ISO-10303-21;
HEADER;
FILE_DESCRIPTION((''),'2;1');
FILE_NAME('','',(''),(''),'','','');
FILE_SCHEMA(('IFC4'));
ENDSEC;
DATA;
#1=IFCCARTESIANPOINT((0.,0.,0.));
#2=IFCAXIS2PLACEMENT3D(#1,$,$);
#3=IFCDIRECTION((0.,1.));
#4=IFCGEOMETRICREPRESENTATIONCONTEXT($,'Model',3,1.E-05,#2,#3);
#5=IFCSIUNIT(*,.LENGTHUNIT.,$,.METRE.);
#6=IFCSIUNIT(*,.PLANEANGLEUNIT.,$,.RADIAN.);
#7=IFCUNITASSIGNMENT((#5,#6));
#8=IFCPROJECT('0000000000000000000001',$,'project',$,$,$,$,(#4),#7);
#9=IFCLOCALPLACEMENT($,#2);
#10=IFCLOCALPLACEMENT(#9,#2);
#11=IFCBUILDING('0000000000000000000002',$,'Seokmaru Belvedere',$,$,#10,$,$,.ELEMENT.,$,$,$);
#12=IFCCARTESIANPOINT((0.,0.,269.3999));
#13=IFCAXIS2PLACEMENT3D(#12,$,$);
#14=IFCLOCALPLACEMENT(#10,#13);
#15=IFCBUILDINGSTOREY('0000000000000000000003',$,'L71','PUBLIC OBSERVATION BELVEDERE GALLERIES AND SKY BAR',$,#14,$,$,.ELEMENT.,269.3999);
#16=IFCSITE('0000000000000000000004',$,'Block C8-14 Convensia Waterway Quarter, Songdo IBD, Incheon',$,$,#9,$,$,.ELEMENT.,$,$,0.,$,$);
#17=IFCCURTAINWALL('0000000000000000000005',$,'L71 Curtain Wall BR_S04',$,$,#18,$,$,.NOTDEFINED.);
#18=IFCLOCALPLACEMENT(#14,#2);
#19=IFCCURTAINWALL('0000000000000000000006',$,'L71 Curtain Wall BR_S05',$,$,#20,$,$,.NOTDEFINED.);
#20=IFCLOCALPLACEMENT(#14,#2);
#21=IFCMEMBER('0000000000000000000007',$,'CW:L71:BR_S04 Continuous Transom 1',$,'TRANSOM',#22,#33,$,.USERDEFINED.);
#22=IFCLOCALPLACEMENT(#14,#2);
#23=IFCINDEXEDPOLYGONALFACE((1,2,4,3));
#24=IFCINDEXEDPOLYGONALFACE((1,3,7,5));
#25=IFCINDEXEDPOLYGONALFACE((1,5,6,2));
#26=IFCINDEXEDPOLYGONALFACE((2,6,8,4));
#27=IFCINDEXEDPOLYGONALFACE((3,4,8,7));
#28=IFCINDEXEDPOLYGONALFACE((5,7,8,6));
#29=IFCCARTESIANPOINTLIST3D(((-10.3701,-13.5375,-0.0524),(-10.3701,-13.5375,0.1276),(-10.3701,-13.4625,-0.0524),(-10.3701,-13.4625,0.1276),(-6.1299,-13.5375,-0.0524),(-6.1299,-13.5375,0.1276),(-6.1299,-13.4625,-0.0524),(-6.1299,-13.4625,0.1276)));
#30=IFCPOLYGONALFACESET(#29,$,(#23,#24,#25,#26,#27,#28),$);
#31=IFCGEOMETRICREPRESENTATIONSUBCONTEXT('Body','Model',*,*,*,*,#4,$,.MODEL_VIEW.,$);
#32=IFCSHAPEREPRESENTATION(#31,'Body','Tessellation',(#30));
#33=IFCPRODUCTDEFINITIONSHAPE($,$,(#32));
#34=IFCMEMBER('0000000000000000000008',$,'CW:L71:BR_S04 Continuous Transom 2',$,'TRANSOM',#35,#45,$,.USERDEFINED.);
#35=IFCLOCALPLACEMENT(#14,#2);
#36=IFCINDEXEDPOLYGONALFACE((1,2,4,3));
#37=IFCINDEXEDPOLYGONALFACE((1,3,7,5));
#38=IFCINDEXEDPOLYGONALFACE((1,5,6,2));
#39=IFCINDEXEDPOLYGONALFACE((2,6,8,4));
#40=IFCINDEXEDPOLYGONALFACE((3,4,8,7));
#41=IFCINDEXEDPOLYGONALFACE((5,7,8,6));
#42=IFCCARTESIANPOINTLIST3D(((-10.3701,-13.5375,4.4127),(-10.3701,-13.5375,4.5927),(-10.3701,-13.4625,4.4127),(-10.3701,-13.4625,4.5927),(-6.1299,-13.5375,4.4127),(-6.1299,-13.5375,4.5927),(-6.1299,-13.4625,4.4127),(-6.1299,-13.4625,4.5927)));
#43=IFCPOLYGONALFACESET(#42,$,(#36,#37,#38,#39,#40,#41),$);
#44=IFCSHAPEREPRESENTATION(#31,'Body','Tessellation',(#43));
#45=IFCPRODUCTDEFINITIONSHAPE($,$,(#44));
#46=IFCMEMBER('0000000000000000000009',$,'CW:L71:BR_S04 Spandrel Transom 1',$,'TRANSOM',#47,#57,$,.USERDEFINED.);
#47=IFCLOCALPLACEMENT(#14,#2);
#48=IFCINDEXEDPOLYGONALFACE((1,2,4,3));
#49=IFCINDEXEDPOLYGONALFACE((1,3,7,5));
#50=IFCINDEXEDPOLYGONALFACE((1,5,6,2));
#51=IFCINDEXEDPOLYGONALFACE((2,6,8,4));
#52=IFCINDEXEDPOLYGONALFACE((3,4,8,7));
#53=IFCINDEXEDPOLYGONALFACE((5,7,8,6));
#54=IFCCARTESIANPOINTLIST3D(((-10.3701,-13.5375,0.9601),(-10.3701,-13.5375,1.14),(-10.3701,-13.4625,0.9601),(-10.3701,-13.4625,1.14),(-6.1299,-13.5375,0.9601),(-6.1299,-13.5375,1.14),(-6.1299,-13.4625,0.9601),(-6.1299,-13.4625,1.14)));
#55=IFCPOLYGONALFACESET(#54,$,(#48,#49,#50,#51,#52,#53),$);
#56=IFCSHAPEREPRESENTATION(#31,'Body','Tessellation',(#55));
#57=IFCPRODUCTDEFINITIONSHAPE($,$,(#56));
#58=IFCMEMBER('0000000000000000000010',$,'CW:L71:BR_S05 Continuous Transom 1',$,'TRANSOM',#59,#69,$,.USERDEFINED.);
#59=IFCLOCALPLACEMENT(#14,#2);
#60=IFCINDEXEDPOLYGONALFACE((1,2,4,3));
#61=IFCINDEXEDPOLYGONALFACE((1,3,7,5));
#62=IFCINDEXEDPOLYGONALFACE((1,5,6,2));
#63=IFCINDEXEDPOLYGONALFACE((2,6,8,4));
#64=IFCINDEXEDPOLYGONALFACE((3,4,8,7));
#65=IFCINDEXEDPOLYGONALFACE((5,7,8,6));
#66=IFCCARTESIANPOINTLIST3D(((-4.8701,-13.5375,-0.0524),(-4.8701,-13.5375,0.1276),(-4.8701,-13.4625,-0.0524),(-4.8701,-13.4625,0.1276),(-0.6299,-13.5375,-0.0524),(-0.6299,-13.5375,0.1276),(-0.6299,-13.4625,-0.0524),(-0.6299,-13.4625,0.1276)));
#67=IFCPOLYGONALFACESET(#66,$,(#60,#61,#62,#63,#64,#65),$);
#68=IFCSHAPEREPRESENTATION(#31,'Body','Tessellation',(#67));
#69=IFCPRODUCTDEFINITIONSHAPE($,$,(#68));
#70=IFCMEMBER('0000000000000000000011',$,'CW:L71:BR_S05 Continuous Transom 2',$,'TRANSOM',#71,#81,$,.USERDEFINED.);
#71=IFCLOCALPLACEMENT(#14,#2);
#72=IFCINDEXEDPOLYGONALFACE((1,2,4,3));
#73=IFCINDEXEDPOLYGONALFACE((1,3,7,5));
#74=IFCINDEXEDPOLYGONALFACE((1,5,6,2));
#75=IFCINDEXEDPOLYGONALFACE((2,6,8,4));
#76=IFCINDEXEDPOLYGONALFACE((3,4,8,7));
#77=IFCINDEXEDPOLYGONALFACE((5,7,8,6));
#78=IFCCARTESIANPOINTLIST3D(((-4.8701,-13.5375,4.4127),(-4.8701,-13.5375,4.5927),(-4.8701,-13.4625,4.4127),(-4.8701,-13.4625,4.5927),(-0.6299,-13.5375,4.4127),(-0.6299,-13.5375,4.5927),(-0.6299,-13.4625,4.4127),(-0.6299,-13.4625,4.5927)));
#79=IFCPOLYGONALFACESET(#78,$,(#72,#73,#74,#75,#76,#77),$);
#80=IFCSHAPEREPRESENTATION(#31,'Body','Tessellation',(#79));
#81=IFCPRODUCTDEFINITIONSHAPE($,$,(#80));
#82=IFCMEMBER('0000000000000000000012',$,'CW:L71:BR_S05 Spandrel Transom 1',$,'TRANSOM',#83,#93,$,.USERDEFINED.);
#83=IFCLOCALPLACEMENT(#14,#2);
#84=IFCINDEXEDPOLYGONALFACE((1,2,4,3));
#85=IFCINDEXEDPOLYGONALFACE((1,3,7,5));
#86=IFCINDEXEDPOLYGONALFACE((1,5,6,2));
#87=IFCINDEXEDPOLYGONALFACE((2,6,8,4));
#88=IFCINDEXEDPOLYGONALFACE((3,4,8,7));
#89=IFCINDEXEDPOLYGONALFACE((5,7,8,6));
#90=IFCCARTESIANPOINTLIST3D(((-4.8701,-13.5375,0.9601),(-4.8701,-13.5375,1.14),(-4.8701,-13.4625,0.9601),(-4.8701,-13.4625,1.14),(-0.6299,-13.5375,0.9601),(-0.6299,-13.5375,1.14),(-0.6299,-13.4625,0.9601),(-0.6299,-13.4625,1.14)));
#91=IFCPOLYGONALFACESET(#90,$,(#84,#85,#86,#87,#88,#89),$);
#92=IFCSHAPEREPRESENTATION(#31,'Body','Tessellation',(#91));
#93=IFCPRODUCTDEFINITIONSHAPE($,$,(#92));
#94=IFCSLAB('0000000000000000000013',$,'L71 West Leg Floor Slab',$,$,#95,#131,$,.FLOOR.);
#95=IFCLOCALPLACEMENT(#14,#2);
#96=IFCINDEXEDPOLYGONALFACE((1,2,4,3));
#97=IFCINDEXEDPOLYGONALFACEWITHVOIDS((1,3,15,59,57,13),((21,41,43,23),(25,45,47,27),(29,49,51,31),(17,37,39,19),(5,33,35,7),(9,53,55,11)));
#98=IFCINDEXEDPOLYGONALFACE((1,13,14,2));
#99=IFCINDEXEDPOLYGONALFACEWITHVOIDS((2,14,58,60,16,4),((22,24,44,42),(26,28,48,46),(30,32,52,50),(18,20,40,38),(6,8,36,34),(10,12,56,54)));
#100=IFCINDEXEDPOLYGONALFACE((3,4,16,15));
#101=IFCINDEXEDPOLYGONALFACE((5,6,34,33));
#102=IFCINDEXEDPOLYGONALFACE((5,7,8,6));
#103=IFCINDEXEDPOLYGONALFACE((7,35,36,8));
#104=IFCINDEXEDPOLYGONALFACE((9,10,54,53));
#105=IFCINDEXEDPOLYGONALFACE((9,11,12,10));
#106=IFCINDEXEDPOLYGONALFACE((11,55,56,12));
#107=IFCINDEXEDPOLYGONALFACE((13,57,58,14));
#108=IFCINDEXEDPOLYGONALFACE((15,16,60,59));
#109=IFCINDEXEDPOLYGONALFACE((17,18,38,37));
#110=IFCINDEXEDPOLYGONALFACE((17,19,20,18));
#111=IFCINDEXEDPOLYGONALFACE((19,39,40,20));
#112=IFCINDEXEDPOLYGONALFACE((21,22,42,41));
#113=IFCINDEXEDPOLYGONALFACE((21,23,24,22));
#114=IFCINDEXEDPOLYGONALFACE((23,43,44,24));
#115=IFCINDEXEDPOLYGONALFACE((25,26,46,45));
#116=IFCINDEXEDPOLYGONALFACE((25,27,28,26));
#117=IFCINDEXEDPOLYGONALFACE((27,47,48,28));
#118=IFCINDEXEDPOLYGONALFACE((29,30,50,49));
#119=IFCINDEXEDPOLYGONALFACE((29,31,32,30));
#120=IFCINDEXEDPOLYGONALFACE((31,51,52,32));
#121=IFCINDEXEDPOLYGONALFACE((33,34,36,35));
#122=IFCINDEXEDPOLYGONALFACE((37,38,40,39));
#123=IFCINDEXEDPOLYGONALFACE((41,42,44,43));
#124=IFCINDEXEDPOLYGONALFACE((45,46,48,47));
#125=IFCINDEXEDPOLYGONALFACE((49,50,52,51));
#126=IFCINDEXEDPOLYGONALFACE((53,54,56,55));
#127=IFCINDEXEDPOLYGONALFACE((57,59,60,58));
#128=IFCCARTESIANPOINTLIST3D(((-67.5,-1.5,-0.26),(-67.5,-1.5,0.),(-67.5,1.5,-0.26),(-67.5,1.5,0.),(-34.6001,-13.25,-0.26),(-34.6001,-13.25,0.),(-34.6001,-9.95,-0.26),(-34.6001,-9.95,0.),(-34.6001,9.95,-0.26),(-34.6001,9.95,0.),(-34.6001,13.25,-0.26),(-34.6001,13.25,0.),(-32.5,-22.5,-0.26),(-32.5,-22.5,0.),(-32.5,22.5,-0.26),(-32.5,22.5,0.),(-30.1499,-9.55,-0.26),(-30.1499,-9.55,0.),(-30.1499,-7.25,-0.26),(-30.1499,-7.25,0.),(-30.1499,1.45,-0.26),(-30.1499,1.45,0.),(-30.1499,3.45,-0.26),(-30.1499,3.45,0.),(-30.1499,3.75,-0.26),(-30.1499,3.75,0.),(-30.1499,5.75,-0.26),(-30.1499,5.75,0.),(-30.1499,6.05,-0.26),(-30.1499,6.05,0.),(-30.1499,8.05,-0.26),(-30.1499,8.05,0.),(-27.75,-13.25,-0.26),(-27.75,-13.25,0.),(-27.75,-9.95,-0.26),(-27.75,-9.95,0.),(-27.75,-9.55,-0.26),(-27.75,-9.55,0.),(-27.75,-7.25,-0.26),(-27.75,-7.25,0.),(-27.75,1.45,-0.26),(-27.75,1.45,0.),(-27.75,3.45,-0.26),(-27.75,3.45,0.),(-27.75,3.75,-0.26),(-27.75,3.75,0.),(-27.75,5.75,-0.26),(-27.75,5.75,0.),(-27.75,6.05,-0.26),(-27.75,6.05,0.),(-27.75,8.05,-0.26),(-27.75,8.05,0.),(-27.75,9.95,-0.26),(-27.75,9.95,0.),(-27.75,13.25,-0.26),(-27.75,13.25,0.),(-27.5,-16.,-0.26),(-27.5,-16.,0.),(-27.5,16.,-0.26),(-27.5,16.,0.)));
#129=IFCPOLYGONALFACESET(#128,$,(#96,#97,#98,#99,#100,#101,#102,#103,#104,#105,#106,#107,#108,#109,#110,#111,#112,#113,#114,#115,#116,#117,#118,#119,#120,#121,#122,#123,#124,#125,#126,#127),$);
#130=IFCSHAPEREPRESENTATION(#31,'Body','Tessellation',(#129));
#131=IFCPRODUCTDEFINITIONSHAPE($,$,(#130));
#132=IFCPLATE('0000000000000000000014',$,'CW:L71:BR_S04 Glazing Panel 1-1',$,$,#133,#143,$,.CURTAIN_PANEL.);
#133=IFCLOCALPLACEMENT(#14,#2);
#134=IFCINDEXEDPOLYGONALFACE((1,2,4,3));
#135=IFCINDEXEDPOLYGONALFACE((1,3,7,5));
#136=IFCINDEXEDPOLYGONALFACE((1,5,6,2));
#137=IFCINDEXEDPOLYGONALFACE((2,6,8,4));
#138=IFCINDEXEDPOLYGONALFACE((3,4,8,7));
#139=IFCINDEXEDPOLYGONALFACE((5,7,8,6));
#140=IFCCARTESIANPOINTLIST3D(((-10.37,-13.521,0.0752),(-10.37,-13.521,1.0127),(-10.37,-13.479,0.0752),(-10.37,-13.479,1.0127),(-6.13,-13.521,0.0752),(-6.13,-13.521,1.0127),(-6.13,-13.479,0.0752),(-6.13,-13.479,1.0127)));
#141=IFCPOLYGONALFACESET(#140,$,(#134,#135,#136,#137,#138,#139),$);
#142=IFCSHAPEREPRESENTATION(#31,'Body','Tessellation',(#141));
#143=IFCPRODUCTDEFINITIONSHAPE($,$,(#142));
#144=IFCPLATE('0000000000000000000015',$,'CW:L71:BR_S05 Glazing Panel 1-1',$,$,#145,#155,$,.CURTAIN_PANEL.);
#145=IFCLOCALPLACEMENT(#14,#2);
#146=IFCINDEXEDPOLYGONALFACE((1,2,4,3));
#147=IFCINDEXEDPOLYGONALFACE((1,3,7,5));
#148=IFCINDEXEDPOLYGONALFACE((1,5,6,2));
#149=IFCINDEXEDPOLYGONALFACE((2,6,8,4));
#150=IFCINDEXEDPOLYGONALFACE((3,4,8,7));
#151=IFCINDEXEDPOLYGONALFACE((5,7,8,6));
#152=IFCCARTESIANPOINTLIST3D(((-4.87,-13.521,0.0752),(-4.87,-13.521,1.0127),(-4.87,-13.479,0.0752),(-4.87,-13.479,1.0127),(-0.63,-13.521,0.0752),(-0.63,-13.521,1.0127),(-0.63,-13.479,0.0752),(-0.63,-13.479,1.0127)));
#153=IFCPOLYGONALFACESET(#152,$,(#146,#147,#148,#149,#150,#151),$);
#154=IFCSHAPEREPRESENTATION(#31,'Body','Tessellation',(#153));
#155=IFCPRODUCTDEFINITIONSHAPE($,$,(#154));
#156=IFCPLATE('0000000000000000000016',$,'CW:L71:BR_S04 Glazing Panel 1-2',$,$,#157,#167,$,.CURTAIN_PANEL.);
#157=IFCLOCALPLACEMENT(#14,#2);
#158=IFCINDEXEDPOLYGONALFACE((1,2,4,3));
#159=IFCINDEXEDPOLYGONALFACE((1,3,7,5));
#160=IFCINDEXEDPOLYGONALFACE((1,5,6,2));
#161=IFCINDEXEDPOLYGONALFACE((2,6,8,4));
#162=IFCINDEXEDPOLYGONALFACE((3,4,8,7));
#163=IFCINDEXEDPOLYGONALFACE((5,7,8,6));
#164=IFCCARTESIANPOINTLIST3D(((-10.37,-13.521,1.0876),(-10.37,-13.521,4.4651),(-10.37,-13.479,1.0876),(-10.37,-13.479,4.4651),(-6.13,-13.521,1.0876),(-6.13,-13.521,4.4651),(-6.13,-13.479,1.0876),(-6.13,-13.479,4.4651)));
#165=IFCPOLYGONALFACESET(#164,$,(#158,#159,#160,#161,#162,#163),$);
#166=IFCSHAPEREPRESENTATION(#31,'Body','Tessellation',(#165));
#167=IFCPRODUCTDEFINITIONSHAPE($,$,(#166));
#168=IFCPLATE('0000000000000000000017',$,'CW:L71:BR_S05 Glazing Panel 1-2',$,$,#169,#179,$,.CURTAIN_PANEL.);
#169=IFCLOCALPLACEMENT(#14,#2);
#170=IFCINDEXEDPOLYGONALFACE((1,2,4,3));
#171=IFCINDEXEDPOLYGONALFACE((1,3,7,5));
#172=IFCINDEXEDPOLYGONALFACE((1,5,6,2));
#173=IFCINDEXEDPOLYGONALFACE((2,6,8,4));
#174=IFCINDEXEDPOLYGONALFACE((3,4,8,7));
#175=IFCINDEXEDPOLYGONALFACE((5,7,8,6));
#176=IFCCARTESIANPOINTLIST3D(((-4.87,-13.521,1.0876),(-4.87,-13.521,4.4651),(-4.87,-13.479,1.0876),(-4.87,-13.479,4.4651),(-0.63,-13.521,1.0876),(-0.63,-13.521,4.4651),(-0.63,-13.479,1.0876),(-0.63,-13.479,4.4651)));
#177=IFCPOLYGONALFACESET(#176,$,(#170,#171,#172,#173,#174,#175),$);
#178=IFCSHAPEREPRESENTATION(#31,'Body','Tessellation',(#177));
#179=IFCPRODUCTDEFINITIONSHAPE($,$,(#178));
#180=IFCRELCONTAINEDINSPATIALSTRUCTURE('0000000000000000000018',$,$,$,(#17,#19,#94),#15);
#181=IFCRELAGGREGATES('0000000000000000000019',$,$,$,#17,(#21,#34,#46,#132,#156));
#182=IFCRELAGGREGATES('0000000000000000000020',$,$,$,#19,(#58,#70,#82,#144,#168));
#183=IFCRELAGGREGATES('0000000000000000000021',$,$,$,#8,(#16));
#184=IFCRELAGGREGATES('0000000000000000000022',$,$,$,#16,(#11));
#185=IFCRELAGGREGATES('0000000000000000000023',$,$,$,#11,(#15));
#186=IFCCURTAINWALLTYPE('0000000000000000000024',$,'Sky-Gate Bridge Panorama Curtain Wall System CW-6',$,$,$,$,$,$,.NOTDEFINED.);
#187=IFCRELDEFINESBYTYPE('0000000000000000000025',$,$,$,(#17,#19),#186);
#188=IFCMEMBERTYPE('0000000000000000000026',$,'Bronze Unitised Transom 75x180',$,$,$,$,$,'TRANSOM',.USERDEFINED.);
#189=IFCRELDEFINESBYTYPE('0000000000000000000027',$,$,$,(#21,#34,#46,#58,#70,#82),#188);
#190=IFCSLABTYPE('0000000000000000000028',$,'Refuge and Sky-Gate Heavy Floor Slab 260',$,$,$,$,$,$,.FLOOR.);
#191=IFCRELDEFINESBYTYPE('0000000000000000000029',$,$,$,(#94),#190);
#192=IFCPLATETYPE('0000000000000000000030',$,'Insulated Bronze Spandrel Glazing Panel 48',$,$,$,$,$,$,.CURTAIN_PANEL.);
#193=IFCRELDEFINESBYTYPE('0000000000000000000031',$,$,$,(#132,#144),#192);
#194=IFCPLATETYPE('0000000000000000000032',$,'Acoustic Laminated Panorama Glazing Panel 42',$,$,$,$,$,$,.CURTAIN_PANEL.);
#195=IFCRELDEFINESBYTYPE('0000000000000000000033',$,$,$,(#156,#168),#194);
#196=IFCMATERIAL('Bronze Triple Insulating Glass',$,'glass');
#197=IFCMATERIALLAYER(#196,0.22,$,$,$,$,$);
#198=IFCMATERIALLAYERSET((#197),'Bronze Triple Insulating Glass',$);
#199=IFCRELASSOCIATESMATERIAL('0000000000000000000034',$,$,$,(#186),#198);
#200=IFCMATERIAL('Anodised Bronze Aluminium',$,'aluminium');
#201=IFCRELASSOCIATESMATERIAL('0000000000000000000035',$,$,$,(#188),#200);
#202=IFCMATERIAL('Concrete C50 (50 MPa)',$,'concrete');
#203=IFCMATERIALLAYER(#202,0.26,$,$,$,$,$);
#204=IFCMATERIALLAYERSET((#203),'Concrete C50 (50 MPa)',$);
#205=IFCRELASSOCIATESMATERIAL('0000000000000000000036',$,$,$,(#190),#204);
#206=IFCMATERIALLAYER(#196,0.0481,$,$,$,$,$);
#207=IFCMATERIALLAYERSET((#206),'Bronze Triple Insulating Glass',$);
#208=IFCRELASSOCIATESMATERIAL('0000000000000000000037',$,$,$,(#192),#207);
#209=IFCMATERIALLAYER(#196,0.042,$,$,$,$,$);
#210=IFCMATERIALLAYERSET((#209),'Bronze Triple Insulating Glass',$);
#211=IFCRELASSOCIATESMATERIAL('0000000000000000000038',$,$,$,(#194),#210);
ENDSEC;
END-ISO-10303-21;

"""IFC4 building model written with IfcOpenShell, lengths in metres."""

from ifc_helpers import new_model, si_unit, direction, frame, origin, origin_2d, place, context, subcontext, project, spatial, polyline, rectangle, outline, extrude, source, transform, mapped, material, layer, layer_set, material_profile, profile_set, type_object, type_shapes, element, aggregate, save


model = new_model("IFC4")

# Units and contexts
model_context = context("Model", 3, precision=1e-05, world=origin(), true_north=direction((0.0, 1.0)))
body_context = subcontext(model_context, "Body", "Model", "MODEL_VIEW")
ifc_project = project(units=[si_unit("LENGTHUNIT", "METRE"), si_unit("PLANEANGLEUNIT", "RADIAN")], contexts=[model_context])

# Site, building, storey
site_placement = place(None, origin())
site = spatial("IfcSite", under=ifc_project, at=site_placement, Name="Block C8-14 Convensia Waterway Quarter, Songdo IBD, Incheon", CompositionType="ELEMENT", RefElevation=0.0)
building_placement = place(site_placement, origin())
building = spatial("IfcBuilding", under=site, at=building_placement, Name="Seokmaru Belvedere", CompositionType="ELEMENT")
storey_placement = place(building_placement, frame((0.0, 0.0, 269.3999)))
storey = spatial("IfcBuildingStorey", under=building, at=storey_placement, Name="L71", Description="PUBLIC OBSERVATION BELVEDERE GALLERIES AND SKY BAR", CompositionType="ELEMENT", Elevation=269.3999)

# Curtain wall
ifc_material_1 = material(Name="Bronze Triple Insulating Glass", Category="glass")
ifc_layer_1 = layer(ifc_material_1, 0.22)
ifc_layer_set_1 = layer_set([ifc_layer_1], Name="Bronze Triple Insulating Glass")
curtain_wall_type = type_object("IfcCurtainWallType", Name="Sky-Gate Bridge Panorama Curtain Wall System CW-6", PredefinedType="NOTDEFINED", material=ifc_layer_set_1)
curtain_wall_1_placement = place(storey_placement, origin())
curtain_wall_1 = element("IfcCurtainWall", 1, at=curtain_wall_1_placement, inside=storey, type_object=curtain_wall_type, Name="L71 Curtain Wall BR_S04", PredefinedType="NOTDEFINED")
ifc_material_2 = material(Name="Anodised Bronze Aluminium", Category="aluminium")

# Curtain wall
curtain_wall_2_placement = place(storey_placement, origin())
curtain_wall_2 = element("IfcCurtainWall", 2, at=curtain_wall_2_placement, inside=storey, type_object=curtain_wall_type, Name="L71 Curtain Wall BR_S05", PredefinedType="NOTDEFINED")

# Members
ifc_material_profile_1 = material_profile(ifc_material_2, rectangle(XDim=0.075, YDim=0.1799, at=origin_2d()), Name="CW-T-75x180")
ifc_profile_set_1 = profile_set([ifc_material_profile_1], Name="Anodised Bronze Aluminium")
member_type_1 = type_object("IfcMemberType", Name="Bronze Unitised Transom 75x180", ElementType="TRANSOM", PredefinedType="USERDEFINED", material=ifc_profile_set_1)
shared_shape_1 = source(origin(), body_context, "Body", "SweptSolid", [
    extrude(rectangle(XDim=0.075, YDim=0.1799, at=origin_2d()), origin(), (0.0, 0.0, 1.0), 4.2402),
])
type_shapes(member_type_1, [shared_shape_1])
member_1_placement = place(storey_placement, frame((-10.3701, -13.5, 0.0376), z_axis=(1.0, 0.0, 0.0), x_axis=(0.0, 1.0, 0.0)))
member_1 = element("IfcMember", 3, at=member_1_placement, type_object=member_type_1, Name="CW:L71:BR_S04 Continuous Transom 1", ObjectType="TRANSOM", PredefinedType="USERDEFINED", context=body_context, shape_type="MappedRepresentation", body=[
    mapped(shared_shape_1, transform((0.0, 0.0, 0.0), scale=1.0)),
])
member_2_placement = place(storey_placement, frame((-10.3701, -13.5, 4.5027), z_axis=(1.0, 0.0, 0.0), x_axis=(0.0, 1.0, 0.0)))
member_2 = element("IfcMember", 4, at=member_2_placement, type_object=member_type_1, Name="CW:L71:BR_S04 Continuous Transom 2", ObjectType="TRANSOM", PredefinedType="USERDEFINED", context=body_context, shape_type="MappedRepresentation", body=[
    mapped(shared_shape_1, transform((0.0, 0.0, 0.0), scale=1.0)),
])
member_3_placement = place(storey_placement, frame((-10.3701, -13.5, 1.05), z_axis=(1.0, 0.0, 0.0), x_axis=(0.0, 1.0, 0.0)))
member_3 = element("IfcMember", 5, at=member_3_placement, type_object=member_type_1, Name="CW:L71:BR_S04 Spandrel Transom 1", ObjectType="TRANSOM", PredefinedType="USERDEFINED", context=body_context, shape_type="MappedRepresentation", body=[
    mapped(shared_shape_1, transform((0.0, 0.0, 0.0), scale=1.0)),
])
member_4_placement = place(storey_placement, frame((-4.8701, -13.5, 0.0376), z_axis=(1.0, 0.0, 0.0), x_axis=(0.0, 1.0, 0.0)))
member_4 = element("IfcMember", 6, at=member_4_placement, type_object=member_type_1, Name="CW:L71:BR_S05 Continuous Transom 1", ObjectType="TRANSOM", PredefinedType="USERDEFINED", context=body_context, shape_type="MappedRepresentation", body=[
    mapped(shared_shape_1, transform((0.0, 0.0, 0.0), scale=1.0)),
])
member_5_placement = place(storey_placement, frame((-4.8701, -13.5, 4.5027), z_axis=(1.0, 0.0, 0.0), x_axis=(0.0, 1.0, 0.0)))
member_5 = element("IfcMember", 7, at=member_5_placement, type_object=member_type_1, Name="CW:L71:BR_S05 Continuous Transom 2", ObjectType="TRANSOM", PredefinedType="USERDEFINED", context=body_context, shape_type="MappedRepresentation", body=[
    mapped(shared_shape_1, transform((0.0, 0.0, 0.0), scale=1.0)),
])
member_6_placement = place(storey_placement, frame((-4.8701, -13.5, 1.05), z_axis=(1.0, 0.0, 0.0), x_axis=(0.0, 1.0, 0.0)))
member_6 = element("IfcMember", 8, at=member_6_placement, type_object=member_type_1, Name="CW:L71:BR_S05 Spandrel Transom 1", ObjectType="TRANSOM", PredefinedType="USERDEFINED", context=body_context, shape_type="MappedRepresentation", body=[
    mapped(shared_shape_1, transform((0.0, 0.0, 0.0), scale=1.0)),
])

# Slab
ifc_material_3 = material(Name="Concrete C50 (50 MPa)", Category="concrete")
ifc_layer_2 = layer(ifc_material_3, 0.26)
ifc_layer_set_2 = layer_set([ifc_layer_2], Name="Concrete C50 (50 MPa)")
slab_type = type_object("IfcSlabType", Name="Refuge and Sky-Gate Heavy Floor Slab 260", PredefinedType="FLOOR", material=ifc_layer_set_2)
slab_placement = place(storey_placement, frame((0.0, 0.0, -0.26)))
element("IfcSlab", 9, at=slab_placement, inside=storey, type_object=slab_type, Name="L71 West Leg Floor Slab", PredefinedType="FLOOR", context=body_context, shape_type="SweptSolid", body=[
    extrude(outline(polyline([(-27.5, -16.0), (-27.5, 16.0), (-32.5, 22.5), (-67.5, 1.5), (-67.5, -1.5), (-32.5, -22.5), (-27.5, -16.0)]), holes=[polyline([(-34.6001, -13.25), (-27.75, -13.25), (-27.75, -9.95), (-34.6001, -9.95), (-34.6001, -13.25)]), polyline([(-34.6001, 9.95), (-27.75, 9.95), (-27.75, 13.25), (-34.6001, 13.25), (-34.6001, 9.95)]), polyline([(-30.1499, -9.55), (-27.75, -9.55), (-27.75, -7.25), (-30.1499, -7.25), (-30.1499, -9.55)]), polyline([(-30.1499, 1.45), (-27.75, 1.45), (-27.75, 3.45), (-30.1499, 3.45), (-30.1499, 1.45)]), polyline([(-30.1499, 3.75), (-27.75, 3.75), (-27.75, 5.75), (-30.1499, 5.75), (-30.1499, 3.75)]), polyline([(-30.1499, 6.05), (-27.75, 6.05), (-27.75, 8.05), (-30.1499, 8.05), (-30.1499, 6.05)])]), origin(), (0.0, 0.0, 1.0), 0.26),
])

# Plates
ifc_layer_3 = layer(ifc_material_1, 0.0481)
ifc_layer_set_3 = layer_set([ifc_layer_3], Name="Bronze Triple Insulating Glass")
plate_type_1 = type_object("IfcPlateType", Name="Insulated Bronze Spandrel Glazing Panel 48", PredefinedType="CURTAIN_PANEL", material=ifc_layer_set_3)
shared_shape_2 = source(origin(), body_context, "Body", "SweptSolid", [
    extrude(rectangle(XDim=4.24, YDim=0.042, at=origin_2d()), origin(), (0.0, 0.0, 1.0), 0.9375),
])
type_shapes(plate_type_1, [shared_shape_2])
plate_1_placement = place(storey_placement, frame((-8.25, -13.5, 0.0752), z_axis=(0.0, 0.0, 1.0), x_axis=(1.0, 0.0, 0.0)))
plate_1 = element("IfcPlate", 10, at=plate_1_placement, type_object=plate_type_1, Name="CW:L71:BR_S04 Glazing Panel 1-1", PredefinedType="CURTAIN_PANEL", context=body_context, shape_type="MappedRepresentation", body=[
    mapped(shared_shape_2, transform((0.0, 0.0, 0.0), scale=1.0)),
])
plate_2_placement = place(storey_placement, frame((-2.75, -13.5, 0.0752), z_axis=(0.0, 0.0, 1.0), x_axis=(1.0, 0.0, 0.0)))
plate_2 = element("IfcPlate", 11, at=plate_2_placement, type_object=plate_type_1, Name="CW:L71:BR_S05 Glazing Panel 1-1", PredefinedType="CURTAIN_PANEL", context=body_context, shape_type="MappedRepresentation", body=[
    mapped(shared_shape_2, transform((0.0, 0.0, 0.0), scale=1.0)),
])
ifc_layer_4 = layer(ifc_material_1, 0.042)
ifc_layer_set_4 = layer_set([ifc_layer_4], Name="Bronze Triple Insulating Glass")
plate_type_2 = type_object("IfcPlateType", Name="Acoustic Laminated Panorama Glazing Panel 42", PredefinedType="CURTAIN_PANEL", material=ifc_layer_set_4)
shared_shape_3 = source(origin(), body_context, "Body", "SweptSolid", [
    extrude(rectangle(XDim=4.24, YDim=0.042, at=origin_2d()), origin(), (0.0, 0.0, 1.0), 3.3774),
])
type_shapes(plate_type_2, [shared_shape_3])
plate_3_placement = place(storey_placement, frame((-8.25, -13.5, 1.0876), z_axis=(0.0, 0.0, 1.0), x_axis=(1.0, 0.0, 0.0)))
plate_3 = element("IfcPlate", 12, at=plate_3_placement, type_object=plate_type_2, Name="CW:L71:BR_S04 Glazing Panel 1-2", PredefinedType="CURTAIN_PANEL", context=body_context, shape_type="MappedRepresentation", body=[
    mapped(shared_shape_3, transform((0.0, 0.0, 0.0), scale=1.0)),
])
aggregate(curtain_wall_1, [member_1, member_2, member_3, plate_1, plate_3])
plate_4_placement = place(storey_placement, frame((-2.75, -13.5, 1.0876), z_axis=(0.0, 0.0, 1.0), x_axis=(1.0, 0.0, 0.0)))
plate_4 = element("IfcPlate", 13, at=plate_4_placement, type_object=plate_type_2, Name="CW:L71:BR_S05 Glazing Panel 1-2", PredefinedType="CURTAIN_PANEL", context=body_context, shape_type="MappedRepresentation", body=[
    mapped(shared_shape_3, transform((0.0, 0.0, 0.0), scale=1.0)),
])
aggregate(curtain_wall_2, [member_4, member_5, member_6, plate_2, plate_4])

save(model, "model.ifc")
